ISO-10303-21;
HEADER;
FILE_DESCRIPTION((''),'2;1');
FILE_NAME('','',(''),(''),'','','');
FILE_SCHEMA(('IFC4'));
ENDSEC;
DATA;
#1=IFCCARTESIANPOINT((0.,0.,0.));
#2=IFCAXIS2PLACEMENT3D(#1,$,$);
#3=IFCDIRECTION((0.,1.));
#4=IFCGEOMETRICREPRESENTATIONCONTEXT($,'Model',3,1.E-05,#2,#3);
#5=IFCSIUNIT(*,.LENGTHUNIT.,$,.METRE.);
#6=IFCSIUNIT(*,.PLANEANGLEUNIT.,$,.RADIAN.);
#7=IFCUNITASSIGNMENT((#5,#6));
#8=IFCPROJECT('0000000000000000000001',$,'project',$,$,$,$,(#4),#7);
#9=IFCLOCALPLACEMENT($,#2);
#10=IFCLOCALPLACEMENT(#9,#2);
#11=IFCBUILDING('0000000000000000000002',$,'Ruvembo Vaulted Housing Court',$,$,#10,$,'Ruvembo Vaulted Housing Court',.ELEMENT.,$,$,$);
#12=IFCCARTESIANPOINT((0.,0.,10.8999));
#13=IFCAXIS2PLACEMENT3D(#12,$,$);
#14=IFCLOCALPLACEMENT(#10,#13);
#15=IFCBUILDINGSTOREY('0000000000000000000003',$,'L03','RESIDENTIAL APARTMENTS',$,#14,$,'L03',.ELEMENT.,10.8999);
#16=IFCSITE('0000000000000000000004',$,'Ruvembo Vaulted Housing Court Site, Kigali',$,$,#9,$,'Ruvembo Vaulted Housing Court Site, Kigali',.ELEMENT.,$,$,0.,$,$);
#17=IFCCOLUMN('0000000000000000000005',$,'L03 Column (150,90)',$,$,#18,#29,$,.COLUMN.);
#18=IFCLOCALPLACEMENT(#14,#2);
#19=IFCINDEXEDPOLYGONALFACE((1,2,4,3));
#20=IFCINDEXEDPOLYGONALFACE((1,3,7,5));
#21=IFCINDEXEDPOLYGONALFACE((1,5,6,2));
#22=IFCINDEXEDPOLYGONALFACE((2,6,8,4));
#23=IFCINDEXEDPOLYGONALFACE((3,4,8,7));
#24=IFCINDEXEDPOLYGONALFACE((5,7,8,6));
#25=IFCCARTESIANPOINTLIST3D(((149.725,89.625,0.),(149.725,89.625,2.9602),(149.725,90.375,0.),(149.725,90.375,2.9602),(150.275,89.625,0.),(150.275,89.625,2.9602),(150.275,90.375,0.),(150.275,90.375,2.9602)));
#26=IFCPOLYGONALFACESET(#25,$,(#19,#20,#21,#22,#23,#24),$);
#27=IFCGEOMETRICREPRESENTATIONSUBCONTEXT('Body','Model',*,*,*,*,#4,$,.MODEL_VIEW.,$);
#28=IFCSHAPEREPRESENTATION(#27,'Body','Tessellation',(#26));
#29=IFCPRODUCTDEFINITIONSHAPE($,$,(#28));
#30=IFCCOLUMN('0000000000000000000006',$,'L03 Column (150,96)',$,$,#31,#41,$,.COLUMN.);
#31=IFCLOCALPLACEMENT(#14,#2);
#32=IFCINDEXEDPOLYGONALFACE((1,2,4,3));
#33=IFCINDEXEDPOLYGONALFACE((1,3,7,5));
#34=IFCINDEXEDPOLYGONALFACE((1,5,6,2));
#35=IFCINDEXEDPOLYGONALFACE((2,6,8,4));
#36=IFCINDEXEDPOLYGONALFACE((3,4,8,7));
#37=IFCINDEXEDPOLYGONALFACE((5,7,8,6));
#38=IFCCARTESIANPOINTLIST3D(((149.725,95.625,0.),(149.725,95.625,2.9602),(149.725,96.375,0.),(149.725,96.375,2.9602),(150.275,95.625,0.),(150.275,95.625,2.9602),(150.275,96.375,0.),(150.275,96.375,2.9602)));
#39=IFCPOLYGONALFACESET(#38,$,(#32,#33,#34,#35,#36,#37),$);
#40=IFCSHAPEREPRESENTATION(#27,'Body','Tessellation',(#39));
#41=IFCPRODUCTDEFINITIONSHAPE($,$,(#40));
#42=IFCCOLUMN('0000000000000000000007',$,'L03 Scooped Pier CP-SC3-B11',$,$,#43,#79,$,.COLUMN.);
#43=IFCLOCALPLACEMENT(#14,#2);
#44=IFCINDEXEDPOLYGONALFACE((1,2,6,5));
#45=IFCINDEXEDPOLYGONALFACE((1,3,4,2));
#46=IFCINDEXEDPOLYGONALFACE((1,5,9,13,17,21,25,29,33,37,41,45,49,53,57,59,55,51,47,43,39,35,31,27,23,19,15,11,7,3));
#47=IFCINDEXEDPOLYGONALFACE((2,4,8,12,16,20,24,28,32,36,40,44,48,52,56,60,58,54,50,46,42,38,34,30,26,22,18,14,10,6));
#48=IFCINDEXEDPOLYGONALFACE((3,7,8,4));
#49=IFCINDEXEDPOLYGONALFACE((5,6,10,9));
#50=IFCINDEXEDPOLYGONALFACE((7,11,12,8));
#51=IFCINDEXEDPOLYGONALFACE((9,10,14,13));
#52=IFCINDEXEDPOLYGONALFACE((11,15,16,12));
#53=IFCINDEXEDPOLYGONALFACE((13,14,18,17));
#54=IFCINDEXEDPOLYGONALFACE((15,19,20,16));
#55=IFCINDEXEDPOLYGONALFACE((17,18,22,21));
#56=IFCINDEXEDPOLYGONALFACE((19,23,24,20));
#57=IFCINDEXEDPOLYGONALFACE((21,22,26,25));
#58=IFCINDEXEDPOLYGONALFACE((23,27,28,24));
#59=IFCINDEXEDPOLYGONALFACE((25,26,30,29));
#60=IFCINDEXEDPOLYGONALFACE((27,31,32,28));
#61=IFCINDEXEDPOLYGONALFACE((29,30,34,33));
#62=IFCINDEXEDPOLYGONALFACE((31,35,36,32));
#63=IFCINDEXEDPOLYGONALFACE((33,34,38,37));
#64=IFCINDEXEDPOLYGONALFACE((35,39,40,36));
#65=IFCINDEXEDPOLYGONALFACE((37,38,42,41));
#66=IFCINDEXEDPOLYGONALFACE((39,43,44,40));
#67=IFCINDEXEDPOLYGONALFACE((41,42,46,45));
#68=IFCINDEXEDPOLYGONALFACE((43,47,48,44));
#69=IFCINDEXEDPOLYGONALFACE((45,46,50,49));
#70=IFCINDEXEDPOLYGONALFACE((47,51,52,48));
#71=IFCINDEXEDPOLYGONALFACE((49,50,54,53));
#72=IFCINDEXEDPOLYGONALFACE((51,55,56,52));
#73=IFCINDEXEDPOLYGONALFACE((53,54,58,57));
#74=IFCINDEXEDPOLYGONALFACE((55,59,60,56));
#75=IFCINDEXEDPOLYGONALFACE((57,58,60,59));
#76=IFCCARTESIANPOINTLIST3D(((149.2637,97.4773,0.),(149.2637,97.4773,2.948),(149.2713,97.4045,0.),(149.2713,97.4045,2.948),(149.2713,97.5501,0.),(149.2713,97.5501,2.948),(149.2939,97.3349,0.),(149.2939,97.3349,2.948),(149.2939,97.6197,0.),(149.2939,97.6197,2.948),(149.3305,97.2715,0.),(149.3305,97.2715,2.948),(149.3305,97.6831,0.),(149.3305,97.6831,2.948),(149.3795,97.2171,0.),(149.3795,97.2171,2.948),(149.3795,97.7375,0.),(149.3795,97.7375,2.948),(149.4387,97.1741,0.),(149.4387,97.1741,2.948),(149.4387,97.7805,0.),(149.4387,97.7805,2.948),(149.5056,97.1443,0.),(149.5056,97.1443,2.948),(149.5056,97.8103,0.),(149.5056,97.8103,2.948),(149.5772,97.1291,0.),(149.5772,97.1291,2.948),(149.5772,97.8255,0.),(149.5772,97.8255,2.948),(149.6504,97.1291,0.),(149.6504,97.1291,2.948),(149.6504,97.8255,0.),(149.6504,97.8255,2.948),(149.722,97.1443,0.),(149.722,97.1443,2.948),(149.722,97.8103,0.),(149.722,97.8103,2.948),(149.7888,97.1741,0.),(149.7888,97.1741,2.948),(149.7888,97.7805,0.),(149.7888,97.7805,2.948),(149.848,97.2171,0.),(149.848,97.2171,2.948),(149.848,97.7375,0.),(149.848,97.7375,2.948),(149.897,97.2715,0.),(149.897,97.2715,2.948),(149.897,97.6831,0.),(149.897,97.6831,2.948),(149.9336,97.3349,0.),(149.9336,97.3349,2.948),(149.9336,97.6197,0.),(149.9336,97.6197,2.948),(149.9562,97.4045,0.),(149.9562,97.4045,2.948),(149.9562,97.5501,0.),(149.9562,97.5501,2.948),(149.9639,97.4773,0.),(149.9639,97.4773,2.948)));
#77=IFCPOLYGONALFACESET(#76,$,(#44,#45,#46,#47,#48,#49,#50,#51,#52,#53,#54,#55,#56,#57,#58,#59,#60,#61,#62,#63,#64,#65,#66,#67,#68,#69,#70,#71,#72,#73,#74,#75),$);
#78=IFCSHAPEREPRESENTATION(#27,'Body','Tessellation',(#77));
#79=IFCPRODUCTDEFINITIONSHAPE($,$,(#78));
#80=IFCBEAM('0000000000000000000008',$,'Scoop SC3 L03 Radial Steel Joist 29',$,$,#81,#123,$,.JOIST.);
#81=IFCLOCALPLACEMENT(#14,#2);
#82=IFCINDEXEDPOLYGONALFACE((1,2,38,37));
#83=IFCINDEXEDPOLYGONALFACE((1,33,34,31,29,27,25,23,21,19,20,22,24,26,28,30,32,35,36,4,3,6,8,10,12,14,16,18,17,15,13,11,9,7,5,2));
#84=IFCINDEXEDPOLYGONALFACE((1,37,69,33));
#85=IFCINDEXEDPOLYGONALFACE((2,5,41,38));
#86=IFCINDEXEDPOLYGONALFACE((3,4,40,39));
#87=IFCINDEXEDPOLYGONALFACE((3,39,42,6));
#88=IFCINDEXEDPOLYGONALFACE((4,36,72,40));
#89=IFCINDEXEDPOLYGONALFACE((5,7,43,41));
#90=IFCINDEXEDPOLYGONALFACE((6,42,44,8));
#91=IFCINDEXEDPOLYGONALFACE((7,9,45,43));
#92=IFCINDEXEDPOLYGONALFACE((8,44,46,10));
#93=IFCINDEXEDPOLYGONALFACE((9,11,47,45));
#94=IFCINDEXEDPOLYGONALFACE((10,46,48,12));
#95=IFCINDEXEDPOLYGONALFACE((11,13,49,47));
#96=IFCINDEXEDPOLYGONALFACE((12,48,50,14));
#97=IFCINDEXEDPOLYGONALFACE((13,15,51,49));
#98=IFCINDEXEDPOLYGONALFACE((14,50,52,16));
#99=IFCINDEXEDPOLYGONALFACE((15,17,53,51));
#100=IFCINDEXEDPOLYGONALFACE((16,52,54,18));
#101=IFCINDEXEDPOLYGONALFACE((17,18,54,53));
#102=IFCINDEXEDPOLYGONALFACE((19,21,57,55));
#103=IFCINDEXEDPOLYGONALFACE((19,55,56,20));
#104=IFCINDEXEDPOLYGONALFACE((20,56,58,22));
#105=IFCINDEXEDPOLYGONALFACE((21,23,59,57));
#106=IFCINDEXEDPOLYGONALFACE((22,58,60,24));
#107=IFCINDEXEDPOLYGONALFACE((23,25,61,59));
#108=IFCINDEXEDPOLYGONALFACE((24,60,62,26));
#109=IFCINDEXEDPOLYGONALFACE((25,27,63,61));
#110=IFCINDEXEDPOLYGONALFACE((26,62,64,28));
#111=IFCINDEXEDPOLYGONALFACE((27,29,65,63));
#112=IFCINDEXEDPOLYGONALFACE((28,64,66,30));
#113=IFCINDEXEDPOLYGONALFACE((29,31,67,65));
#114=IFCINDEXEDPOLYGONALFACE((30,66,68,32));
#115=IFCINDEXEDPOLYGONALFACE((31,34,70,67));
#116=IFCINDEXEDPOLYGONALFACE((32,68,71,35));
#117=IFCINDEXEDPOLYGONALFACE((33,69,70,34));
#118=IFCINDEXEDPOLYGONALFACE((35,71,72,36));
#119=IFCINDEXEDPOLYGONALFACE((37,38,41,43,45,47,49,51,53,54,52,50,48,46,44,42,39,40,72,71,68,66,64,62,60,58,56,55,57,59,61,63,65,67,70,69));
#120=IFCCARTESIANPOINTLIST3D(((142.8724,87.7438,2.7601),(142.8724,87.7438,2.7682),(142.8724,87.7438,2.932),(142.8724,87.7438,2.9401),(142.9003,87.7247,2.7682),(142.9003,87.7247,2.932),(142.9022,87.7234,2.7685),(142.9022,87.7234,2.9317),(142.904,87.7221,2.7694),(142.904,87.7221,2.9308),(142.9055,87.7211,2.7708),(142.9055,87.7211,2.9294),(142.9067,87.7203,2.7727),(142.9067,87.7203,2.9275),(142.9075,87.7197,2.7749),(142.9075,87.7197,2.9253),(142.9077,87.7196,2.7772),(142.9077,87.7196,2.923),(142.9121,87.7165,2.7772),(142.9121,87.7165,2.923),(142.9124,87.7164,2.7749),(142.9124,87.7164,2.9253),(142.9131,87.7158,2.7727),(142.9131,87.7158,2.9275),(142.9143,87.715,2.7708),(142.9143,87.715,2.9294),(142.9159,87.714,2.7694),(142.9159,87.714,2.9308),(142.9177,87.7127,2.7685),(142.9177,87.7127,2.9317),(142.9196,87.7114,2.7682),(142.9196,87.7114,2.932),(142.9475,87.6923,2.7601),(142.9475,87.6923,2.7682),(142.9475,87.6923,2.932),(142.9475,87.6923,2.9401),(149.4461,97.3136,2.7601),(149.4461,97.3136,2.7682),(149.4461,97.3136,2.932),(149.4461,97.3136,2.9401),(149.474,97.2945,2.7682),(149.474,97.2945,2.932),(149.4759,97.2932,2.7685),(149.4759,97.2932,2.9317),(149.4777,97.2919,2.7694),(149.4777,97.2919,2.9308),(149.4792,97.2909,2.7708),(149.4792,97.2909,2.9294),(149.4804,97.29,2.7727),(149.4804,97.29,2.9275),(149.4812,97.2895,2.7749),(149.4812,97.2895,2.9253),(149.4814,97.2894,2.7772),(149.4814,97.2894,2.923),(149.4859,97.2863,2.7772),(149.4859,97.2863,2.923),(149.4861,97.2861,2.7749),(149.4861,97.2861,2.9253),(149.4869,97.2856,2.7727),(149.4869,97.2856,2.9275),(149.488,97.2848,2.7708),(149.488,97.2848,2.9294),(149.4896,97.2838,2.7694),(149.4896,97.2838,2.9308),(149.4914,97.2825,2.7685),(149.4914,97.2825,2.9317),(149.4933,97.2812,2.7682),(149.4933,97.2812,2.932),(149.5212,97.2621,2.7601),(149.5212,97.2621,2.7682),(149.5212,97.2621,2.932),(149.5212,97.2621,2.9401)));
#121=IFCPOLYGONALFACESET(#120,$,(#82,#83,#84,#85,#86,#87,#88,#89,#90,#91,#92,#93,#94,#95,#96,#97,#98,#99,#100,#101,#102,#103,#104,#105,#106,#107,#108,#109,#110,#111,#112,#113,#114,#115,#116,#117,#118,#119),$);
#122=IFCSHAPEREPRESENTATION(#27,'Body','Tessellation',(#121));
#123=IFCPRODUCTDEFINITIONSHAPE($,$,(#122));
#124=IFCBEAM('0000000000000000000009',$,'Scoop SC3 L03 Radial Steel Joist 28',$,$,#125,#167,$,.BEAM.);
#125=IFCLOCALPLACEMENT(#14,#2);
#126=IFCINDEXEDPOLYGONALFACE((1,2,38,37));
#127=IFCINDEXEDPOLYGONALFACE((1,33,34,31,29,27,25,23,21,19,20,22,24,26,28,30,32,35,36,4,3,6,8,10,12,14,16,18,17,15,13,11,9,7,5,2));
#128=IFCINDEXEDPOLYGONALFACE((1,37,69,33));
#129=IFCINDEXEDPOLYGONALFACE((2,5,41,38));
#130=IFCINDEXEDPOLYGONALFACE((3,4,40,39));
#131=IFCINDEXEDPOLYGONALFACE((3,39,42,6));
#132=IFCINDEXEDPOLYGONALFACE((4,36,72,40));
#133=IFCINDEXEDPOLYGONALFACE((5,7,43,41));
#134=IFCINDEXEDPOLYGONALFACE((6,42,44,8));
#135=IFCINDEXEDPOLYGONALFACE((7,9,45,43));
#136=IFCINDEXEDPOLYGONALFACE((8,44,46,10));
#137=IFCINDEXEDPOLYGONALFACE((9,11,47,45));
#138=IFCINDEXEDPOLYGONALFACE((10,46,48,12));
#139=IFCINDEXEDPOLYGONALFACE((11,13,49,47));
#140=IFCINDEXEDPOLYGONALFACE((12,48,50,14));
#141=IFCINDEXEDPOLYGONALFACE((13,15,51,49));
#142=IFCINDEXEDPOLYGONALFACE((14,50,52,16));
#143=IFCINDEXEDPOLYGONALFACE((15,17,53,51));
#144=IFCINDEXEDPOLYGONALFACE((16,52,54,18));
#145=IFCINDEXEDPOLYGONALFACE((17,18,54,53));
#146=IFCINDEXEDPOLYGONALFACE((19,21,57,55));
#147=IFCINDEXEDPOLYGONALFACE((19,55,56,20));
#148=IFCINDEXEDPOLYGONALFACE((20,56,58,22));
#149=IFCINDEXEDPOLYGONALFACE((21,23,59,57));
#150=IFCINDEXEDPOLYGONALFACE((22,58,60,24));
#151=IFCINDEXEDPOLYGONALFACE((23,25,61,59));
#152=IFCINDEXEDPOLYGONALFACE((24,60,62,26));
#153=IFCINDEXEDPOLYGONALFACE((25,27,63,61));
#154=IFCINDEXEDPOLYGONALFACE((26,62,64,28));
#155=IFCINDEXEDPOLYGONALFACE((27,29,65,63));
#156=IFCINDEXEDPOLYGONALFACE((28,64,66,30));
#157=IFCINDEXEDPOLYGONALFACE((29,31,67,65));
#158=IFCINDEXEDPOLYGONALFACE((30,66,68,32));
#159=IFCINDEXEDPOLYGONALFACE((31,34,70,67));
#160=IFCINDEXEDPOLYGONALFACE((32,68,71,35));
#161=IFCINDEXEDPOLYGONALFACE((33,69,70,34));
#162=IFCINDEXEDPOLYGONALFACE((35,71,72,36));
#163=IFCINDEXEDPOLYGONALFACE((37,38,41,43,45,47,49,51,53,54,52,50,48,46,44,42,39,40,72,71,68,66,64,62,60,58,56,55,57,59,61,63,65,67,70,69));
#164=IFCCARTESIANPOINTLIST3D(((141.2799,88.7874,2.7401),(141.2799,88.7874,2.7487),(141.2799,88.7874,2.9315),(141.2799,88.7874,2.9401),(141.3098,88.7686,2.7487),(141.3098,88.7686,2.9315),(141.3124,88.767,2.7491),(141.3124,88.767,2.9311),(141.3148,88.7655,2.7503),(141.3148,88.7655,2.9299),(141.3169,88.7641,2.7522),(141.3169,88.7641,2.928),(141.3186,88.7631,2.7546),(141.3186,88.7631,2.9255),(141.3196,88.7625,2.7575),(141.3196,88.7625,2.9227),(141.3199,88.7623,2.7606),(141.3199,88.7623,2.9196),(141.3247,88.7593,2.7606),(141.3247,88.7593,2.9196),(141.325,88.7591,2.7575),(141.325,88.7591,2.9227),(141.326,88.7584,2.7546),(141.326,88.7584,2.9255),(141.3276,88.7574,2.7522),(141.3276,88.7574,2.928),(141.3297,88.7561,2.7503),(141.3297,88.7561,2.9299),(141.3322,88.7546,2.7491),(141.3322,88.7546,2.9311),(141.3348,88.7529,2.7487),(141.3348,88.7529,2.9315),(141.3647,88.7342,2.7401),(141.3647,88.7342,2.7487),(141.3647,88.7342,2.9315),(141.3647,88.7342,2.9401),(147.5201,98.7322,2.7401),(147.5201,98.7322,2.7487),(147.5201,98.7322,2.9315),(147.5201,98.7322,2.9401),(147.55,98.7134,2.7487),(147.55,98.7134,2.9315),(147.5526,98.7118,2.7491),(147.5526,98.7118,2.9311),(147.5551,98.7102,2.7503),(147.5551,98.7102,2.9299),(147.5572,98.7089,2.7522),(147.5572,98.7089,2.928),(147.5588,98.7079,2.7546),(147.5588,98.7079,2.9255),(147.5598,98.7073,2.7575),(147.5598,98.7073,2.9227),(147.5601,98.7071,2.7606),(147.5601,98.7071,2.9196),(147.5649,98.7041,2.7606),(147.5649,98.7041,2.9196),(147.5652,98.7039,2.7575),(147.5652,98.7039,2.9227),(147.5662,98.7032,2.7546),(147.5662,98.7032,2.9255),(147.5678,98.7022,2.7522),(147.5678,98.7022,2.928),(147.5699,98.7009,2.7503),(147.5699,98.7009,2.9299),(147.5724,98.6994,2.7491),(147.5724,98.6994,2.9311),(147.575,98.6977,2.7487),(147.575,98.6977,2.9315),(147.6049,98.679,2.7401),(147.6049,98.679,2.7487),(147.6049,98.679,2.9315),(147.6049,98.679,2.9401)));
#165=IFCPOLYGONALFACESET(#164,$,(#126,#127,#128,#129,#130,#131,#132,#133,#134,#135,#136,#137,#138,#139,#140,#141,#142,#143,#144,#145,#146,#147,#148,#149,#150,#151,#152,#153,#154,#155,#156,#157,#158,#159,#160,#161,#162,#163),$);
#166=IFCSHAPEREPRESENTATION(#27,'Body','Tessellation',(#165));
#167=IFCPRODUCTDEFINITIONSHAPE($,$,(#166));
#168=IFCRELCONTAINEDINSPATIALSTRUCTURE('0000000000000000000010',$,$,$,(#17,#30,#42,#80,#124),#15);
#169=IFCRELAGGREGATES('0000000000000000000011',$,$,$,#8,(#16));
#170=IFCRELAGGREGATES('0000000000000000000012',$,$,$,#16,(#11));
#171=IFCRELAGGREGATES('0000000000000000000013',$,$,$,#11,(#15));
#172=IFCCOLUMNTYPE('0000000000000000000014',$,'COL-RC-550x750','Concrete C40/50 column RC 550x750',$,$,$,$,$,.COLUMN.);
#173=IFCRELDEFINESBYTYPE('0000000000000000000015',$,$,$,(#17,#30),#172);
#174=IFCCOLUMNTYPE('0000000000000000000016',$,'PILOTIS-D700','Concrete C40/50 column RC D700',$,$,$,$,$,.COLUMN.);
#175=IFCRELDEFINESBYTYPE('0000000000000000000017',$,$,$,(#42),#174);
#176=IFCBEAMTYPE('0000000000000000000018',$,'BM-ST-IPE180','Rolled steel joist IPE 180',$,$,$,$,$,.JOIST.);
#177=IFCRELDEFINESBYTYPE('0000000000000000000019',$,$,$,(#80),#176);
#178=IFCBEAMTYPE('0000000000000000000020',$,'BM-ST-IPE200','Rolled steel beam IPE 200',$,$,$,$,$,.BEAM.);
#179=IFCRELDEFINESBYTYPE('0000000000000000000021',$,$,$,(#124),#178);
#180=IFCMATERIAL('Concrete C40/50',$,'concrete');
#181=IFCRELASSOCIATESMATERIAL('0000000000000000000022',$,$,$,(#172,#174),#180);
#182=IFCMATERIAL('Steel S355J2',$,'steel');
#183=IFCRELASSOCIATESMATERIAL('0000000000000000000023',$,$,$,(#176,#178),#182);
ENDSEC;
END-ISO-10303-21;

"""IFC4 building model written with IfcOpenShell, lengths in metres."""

from ifc_helpers import new_model, si_unit, direction, frame, origin, origin_2d, place, context, subcontext, project, spatial, rectangle, circle, i_section, extrude, material, material_profile, profile_set, type_object, element, save


model = new_model("IFC4")

# Units and contexts
model_context = context("Model", 3, precision=1e-05, world=origin(), true_north=direction((0.0, 1.0)))
body_context = subcontext(model_context, "Body", "Model", "MODEL_VIEW")
ifc_project = project(units=[si_unit("LENGTHUNIT", "METRE"), si_unit("PLANEANGLEUNIT", "RADIAN")], contexts=[model_context])

# Site, building, storey
site_placement = place(None, origin())
site = spatial("IfcSite", under=ifc_project, at=site_placement, Name="Ruvembo Vaulted Housing Court Site, Kigali", LongName="Ruvembo Vaulted Housing Court Site, Kigali", CompositionType="ELEMENT", RefElevation=0.0)
building_placement = place(site_placement, origin())
building = spatial("IfcBuilding", under=site, at=building_placement, Name="Ruvembo Vaulted Housing Court", LongName="Ruvembo Vaulted Housing Court", CompositionType="ELEMENT")
storey_placement = place(building_placement, frame((0.0, 0.0, 10.8999)))
storey = spatial("IfcBuildingStorey", under=building, at=storey_placement, Name="L03", Description="RESIDENTIAL APARTMENTS", LongName="L03", CompositionType="ELEMENT", Elevation=10.8999)

# Columns
ifc_material_1 = material(Name="Concrete C40/50", Category="concrete")
ifc_material_profile_1 = material_profile(ifc_material_1, rectangle(XDim=0.55, YDim=0.75, at=origin_2d()), Name="RC 550x750")
ifc_profile_set_1 = profile_set([ifc_material_profile_1], Name="Concrete C40/50")
column_type_1 = type_object("IfcColumnType", Name="COL-RC-550x750", Description="Concrete C40/50 column RC 550x750", PredefinedType="COLUMN", material=ifc_profile_set_1)
for number, where, z_axis, x_axis, name in (
    (1, (150.0, 90.0, 0.0), (0.0, 0.0, 1.0), (1.0, 0.0, 0.0), "L03 Column (150,90)"),
    (2, (150.0, 96.0, 0.0), (0.0, 0.0, 1.0), (1.0, 0.0, 0.0), "L03 Column (150,96)"),
):
    element("IfcColumn", number, at=place(storey_placement, frame(where, z_axis=z_axis, x_axis=x_axis)), inside=storey, type_object=column_type_1, Name=name, PredefinedType="COLUMN", context=body_context, shape_type="SweptSolid", body=[
        extrude(rectangle(XDim=0.55, YDim=0.75, at=origin_2d()), origin(), (0.0, 0.0, 1.0), 2.9602),
    ])
ifc_material_profile_2 = material_profile(ifc_material_1, circle(Radius=0.3501, at=origin_2d()), Name="RC D700")
ifc_profile_set_2 = profile_set([ifc_material_profile_2], Name="Concrete C40/50")
column_type_2 = type_object("IfcColumnType", Name="PILOTIS-D700", Description="Concrete C40/50 column RC D700", PredefinedType="COLUMN", material=ifc_profile_set_2)
column_placement = place(storey_placement, frame((149.6138, 97.4773, 0.0), z_axis=(0.0, 0.0, 1.0), x_axis=(1.0, 0.0, 0.0)))
element("IfcColumn", 3, at=column_placement, inside=storey, type_object=column_type_2, Name="L03 Scooped Pier CP-SC3-B11", PredefinedType="COLUMN", context=body_context, shape_type="SweptSolid", body=[
    extrude(circle(Radius=0.3501, at=origin_2d()), origin(), (0.0, 0.0, 1.0), 2.948),
])

# Beams
ifc_material_2 = material(Name="Steel S355J2", Category="steel")
ifc_material_profile_3 = material_profile(ifc_material_2, i_section(OverallWidth=0.0911, OverallDepth=0.1799, WebThickness=0.0054, FlangeThickness=0.0081, FilletRadius=0.009, at=origin_2d()), Name="IPE 180")
ifc_profile_set_3 = profile_set([ifc_material_profile_3], Name="Steel S355J2")
beam_type_1 = type_object("IfcBeamType", Name="BM-ST-IPE180", Description="Rolled steel joist IPE 180", PredefinedType="JOIST", material=ifc_profile_set_3)
beam_1_placement = place(storey_placement, frame((149.4836, 97.2878, 2.8501), z_axis=(-0.566206, -0.824264, 0.0), x_axis=(0.824264, -0.566206, 0.0)))
element("IfcBeam", 4, at=beam_1_placement, inside=storey, type_object=beam_type_1, Name="Scoop SC3 L03 Radial Steel Joist 29", PredefinedType="JOIST", context=body_context, shape_type="SweptSolid", body=[
    extrude(i_section(OverallWidth=0.0911, OverallDepth=0.1799, WebThickness=0.0054, FlangeThickness=0.0081, FilletRadius=0.009, at=origin_2d()), origin(), (0.0, 0.0, 1.0), 11.6101),
])
ifc_material_profile_4 = material_profile(ifc_material_2, i_section(OverallWidth=0.1001, OverallDepth=0.2, WebThickness=0.0056, FlangeThickness=0.0085, FilletRadius=0.012, at=origin_2d()), Name="IPE 200")
ifc_profile_set_4 = profile_set([ifc_material_profile_4], Name="Steel S355J2")
beam_type_2 = type_object("IfcBeamType", Name="BM-ST-IPE200", Description="Rolled steel beam IPE 200", PredefinedType="BEAM", material=ifc_profile_set_4)
beam_2_placement = place(storey_placement, frame((147.5625, 98.7056, 2.8401), z_axis=(-0.531512, -0.847051, 0.0), x_axis=(0.847051, -0.531512, 0.0)))
element("IfcBeam", 5, at=beam_2_placement, inside=storey, type_object=beam_type_2, Name="Scoop SC3 L03 Radial Steel Joist 28", PredefinedType="BEAM", context=body_context, shape_type="SweptSolid", body=[
    extrude(i_section(OverallWidth=0.1001, OverallDepth=0.2, WebThickness=0.0056, FlangeThickness=0.0085, FilletRadius=0.012, at=origin_2d()), origin(), (0.0, 0.0, 1.0), 11.7405),
])

save(model, "model.ifc")
